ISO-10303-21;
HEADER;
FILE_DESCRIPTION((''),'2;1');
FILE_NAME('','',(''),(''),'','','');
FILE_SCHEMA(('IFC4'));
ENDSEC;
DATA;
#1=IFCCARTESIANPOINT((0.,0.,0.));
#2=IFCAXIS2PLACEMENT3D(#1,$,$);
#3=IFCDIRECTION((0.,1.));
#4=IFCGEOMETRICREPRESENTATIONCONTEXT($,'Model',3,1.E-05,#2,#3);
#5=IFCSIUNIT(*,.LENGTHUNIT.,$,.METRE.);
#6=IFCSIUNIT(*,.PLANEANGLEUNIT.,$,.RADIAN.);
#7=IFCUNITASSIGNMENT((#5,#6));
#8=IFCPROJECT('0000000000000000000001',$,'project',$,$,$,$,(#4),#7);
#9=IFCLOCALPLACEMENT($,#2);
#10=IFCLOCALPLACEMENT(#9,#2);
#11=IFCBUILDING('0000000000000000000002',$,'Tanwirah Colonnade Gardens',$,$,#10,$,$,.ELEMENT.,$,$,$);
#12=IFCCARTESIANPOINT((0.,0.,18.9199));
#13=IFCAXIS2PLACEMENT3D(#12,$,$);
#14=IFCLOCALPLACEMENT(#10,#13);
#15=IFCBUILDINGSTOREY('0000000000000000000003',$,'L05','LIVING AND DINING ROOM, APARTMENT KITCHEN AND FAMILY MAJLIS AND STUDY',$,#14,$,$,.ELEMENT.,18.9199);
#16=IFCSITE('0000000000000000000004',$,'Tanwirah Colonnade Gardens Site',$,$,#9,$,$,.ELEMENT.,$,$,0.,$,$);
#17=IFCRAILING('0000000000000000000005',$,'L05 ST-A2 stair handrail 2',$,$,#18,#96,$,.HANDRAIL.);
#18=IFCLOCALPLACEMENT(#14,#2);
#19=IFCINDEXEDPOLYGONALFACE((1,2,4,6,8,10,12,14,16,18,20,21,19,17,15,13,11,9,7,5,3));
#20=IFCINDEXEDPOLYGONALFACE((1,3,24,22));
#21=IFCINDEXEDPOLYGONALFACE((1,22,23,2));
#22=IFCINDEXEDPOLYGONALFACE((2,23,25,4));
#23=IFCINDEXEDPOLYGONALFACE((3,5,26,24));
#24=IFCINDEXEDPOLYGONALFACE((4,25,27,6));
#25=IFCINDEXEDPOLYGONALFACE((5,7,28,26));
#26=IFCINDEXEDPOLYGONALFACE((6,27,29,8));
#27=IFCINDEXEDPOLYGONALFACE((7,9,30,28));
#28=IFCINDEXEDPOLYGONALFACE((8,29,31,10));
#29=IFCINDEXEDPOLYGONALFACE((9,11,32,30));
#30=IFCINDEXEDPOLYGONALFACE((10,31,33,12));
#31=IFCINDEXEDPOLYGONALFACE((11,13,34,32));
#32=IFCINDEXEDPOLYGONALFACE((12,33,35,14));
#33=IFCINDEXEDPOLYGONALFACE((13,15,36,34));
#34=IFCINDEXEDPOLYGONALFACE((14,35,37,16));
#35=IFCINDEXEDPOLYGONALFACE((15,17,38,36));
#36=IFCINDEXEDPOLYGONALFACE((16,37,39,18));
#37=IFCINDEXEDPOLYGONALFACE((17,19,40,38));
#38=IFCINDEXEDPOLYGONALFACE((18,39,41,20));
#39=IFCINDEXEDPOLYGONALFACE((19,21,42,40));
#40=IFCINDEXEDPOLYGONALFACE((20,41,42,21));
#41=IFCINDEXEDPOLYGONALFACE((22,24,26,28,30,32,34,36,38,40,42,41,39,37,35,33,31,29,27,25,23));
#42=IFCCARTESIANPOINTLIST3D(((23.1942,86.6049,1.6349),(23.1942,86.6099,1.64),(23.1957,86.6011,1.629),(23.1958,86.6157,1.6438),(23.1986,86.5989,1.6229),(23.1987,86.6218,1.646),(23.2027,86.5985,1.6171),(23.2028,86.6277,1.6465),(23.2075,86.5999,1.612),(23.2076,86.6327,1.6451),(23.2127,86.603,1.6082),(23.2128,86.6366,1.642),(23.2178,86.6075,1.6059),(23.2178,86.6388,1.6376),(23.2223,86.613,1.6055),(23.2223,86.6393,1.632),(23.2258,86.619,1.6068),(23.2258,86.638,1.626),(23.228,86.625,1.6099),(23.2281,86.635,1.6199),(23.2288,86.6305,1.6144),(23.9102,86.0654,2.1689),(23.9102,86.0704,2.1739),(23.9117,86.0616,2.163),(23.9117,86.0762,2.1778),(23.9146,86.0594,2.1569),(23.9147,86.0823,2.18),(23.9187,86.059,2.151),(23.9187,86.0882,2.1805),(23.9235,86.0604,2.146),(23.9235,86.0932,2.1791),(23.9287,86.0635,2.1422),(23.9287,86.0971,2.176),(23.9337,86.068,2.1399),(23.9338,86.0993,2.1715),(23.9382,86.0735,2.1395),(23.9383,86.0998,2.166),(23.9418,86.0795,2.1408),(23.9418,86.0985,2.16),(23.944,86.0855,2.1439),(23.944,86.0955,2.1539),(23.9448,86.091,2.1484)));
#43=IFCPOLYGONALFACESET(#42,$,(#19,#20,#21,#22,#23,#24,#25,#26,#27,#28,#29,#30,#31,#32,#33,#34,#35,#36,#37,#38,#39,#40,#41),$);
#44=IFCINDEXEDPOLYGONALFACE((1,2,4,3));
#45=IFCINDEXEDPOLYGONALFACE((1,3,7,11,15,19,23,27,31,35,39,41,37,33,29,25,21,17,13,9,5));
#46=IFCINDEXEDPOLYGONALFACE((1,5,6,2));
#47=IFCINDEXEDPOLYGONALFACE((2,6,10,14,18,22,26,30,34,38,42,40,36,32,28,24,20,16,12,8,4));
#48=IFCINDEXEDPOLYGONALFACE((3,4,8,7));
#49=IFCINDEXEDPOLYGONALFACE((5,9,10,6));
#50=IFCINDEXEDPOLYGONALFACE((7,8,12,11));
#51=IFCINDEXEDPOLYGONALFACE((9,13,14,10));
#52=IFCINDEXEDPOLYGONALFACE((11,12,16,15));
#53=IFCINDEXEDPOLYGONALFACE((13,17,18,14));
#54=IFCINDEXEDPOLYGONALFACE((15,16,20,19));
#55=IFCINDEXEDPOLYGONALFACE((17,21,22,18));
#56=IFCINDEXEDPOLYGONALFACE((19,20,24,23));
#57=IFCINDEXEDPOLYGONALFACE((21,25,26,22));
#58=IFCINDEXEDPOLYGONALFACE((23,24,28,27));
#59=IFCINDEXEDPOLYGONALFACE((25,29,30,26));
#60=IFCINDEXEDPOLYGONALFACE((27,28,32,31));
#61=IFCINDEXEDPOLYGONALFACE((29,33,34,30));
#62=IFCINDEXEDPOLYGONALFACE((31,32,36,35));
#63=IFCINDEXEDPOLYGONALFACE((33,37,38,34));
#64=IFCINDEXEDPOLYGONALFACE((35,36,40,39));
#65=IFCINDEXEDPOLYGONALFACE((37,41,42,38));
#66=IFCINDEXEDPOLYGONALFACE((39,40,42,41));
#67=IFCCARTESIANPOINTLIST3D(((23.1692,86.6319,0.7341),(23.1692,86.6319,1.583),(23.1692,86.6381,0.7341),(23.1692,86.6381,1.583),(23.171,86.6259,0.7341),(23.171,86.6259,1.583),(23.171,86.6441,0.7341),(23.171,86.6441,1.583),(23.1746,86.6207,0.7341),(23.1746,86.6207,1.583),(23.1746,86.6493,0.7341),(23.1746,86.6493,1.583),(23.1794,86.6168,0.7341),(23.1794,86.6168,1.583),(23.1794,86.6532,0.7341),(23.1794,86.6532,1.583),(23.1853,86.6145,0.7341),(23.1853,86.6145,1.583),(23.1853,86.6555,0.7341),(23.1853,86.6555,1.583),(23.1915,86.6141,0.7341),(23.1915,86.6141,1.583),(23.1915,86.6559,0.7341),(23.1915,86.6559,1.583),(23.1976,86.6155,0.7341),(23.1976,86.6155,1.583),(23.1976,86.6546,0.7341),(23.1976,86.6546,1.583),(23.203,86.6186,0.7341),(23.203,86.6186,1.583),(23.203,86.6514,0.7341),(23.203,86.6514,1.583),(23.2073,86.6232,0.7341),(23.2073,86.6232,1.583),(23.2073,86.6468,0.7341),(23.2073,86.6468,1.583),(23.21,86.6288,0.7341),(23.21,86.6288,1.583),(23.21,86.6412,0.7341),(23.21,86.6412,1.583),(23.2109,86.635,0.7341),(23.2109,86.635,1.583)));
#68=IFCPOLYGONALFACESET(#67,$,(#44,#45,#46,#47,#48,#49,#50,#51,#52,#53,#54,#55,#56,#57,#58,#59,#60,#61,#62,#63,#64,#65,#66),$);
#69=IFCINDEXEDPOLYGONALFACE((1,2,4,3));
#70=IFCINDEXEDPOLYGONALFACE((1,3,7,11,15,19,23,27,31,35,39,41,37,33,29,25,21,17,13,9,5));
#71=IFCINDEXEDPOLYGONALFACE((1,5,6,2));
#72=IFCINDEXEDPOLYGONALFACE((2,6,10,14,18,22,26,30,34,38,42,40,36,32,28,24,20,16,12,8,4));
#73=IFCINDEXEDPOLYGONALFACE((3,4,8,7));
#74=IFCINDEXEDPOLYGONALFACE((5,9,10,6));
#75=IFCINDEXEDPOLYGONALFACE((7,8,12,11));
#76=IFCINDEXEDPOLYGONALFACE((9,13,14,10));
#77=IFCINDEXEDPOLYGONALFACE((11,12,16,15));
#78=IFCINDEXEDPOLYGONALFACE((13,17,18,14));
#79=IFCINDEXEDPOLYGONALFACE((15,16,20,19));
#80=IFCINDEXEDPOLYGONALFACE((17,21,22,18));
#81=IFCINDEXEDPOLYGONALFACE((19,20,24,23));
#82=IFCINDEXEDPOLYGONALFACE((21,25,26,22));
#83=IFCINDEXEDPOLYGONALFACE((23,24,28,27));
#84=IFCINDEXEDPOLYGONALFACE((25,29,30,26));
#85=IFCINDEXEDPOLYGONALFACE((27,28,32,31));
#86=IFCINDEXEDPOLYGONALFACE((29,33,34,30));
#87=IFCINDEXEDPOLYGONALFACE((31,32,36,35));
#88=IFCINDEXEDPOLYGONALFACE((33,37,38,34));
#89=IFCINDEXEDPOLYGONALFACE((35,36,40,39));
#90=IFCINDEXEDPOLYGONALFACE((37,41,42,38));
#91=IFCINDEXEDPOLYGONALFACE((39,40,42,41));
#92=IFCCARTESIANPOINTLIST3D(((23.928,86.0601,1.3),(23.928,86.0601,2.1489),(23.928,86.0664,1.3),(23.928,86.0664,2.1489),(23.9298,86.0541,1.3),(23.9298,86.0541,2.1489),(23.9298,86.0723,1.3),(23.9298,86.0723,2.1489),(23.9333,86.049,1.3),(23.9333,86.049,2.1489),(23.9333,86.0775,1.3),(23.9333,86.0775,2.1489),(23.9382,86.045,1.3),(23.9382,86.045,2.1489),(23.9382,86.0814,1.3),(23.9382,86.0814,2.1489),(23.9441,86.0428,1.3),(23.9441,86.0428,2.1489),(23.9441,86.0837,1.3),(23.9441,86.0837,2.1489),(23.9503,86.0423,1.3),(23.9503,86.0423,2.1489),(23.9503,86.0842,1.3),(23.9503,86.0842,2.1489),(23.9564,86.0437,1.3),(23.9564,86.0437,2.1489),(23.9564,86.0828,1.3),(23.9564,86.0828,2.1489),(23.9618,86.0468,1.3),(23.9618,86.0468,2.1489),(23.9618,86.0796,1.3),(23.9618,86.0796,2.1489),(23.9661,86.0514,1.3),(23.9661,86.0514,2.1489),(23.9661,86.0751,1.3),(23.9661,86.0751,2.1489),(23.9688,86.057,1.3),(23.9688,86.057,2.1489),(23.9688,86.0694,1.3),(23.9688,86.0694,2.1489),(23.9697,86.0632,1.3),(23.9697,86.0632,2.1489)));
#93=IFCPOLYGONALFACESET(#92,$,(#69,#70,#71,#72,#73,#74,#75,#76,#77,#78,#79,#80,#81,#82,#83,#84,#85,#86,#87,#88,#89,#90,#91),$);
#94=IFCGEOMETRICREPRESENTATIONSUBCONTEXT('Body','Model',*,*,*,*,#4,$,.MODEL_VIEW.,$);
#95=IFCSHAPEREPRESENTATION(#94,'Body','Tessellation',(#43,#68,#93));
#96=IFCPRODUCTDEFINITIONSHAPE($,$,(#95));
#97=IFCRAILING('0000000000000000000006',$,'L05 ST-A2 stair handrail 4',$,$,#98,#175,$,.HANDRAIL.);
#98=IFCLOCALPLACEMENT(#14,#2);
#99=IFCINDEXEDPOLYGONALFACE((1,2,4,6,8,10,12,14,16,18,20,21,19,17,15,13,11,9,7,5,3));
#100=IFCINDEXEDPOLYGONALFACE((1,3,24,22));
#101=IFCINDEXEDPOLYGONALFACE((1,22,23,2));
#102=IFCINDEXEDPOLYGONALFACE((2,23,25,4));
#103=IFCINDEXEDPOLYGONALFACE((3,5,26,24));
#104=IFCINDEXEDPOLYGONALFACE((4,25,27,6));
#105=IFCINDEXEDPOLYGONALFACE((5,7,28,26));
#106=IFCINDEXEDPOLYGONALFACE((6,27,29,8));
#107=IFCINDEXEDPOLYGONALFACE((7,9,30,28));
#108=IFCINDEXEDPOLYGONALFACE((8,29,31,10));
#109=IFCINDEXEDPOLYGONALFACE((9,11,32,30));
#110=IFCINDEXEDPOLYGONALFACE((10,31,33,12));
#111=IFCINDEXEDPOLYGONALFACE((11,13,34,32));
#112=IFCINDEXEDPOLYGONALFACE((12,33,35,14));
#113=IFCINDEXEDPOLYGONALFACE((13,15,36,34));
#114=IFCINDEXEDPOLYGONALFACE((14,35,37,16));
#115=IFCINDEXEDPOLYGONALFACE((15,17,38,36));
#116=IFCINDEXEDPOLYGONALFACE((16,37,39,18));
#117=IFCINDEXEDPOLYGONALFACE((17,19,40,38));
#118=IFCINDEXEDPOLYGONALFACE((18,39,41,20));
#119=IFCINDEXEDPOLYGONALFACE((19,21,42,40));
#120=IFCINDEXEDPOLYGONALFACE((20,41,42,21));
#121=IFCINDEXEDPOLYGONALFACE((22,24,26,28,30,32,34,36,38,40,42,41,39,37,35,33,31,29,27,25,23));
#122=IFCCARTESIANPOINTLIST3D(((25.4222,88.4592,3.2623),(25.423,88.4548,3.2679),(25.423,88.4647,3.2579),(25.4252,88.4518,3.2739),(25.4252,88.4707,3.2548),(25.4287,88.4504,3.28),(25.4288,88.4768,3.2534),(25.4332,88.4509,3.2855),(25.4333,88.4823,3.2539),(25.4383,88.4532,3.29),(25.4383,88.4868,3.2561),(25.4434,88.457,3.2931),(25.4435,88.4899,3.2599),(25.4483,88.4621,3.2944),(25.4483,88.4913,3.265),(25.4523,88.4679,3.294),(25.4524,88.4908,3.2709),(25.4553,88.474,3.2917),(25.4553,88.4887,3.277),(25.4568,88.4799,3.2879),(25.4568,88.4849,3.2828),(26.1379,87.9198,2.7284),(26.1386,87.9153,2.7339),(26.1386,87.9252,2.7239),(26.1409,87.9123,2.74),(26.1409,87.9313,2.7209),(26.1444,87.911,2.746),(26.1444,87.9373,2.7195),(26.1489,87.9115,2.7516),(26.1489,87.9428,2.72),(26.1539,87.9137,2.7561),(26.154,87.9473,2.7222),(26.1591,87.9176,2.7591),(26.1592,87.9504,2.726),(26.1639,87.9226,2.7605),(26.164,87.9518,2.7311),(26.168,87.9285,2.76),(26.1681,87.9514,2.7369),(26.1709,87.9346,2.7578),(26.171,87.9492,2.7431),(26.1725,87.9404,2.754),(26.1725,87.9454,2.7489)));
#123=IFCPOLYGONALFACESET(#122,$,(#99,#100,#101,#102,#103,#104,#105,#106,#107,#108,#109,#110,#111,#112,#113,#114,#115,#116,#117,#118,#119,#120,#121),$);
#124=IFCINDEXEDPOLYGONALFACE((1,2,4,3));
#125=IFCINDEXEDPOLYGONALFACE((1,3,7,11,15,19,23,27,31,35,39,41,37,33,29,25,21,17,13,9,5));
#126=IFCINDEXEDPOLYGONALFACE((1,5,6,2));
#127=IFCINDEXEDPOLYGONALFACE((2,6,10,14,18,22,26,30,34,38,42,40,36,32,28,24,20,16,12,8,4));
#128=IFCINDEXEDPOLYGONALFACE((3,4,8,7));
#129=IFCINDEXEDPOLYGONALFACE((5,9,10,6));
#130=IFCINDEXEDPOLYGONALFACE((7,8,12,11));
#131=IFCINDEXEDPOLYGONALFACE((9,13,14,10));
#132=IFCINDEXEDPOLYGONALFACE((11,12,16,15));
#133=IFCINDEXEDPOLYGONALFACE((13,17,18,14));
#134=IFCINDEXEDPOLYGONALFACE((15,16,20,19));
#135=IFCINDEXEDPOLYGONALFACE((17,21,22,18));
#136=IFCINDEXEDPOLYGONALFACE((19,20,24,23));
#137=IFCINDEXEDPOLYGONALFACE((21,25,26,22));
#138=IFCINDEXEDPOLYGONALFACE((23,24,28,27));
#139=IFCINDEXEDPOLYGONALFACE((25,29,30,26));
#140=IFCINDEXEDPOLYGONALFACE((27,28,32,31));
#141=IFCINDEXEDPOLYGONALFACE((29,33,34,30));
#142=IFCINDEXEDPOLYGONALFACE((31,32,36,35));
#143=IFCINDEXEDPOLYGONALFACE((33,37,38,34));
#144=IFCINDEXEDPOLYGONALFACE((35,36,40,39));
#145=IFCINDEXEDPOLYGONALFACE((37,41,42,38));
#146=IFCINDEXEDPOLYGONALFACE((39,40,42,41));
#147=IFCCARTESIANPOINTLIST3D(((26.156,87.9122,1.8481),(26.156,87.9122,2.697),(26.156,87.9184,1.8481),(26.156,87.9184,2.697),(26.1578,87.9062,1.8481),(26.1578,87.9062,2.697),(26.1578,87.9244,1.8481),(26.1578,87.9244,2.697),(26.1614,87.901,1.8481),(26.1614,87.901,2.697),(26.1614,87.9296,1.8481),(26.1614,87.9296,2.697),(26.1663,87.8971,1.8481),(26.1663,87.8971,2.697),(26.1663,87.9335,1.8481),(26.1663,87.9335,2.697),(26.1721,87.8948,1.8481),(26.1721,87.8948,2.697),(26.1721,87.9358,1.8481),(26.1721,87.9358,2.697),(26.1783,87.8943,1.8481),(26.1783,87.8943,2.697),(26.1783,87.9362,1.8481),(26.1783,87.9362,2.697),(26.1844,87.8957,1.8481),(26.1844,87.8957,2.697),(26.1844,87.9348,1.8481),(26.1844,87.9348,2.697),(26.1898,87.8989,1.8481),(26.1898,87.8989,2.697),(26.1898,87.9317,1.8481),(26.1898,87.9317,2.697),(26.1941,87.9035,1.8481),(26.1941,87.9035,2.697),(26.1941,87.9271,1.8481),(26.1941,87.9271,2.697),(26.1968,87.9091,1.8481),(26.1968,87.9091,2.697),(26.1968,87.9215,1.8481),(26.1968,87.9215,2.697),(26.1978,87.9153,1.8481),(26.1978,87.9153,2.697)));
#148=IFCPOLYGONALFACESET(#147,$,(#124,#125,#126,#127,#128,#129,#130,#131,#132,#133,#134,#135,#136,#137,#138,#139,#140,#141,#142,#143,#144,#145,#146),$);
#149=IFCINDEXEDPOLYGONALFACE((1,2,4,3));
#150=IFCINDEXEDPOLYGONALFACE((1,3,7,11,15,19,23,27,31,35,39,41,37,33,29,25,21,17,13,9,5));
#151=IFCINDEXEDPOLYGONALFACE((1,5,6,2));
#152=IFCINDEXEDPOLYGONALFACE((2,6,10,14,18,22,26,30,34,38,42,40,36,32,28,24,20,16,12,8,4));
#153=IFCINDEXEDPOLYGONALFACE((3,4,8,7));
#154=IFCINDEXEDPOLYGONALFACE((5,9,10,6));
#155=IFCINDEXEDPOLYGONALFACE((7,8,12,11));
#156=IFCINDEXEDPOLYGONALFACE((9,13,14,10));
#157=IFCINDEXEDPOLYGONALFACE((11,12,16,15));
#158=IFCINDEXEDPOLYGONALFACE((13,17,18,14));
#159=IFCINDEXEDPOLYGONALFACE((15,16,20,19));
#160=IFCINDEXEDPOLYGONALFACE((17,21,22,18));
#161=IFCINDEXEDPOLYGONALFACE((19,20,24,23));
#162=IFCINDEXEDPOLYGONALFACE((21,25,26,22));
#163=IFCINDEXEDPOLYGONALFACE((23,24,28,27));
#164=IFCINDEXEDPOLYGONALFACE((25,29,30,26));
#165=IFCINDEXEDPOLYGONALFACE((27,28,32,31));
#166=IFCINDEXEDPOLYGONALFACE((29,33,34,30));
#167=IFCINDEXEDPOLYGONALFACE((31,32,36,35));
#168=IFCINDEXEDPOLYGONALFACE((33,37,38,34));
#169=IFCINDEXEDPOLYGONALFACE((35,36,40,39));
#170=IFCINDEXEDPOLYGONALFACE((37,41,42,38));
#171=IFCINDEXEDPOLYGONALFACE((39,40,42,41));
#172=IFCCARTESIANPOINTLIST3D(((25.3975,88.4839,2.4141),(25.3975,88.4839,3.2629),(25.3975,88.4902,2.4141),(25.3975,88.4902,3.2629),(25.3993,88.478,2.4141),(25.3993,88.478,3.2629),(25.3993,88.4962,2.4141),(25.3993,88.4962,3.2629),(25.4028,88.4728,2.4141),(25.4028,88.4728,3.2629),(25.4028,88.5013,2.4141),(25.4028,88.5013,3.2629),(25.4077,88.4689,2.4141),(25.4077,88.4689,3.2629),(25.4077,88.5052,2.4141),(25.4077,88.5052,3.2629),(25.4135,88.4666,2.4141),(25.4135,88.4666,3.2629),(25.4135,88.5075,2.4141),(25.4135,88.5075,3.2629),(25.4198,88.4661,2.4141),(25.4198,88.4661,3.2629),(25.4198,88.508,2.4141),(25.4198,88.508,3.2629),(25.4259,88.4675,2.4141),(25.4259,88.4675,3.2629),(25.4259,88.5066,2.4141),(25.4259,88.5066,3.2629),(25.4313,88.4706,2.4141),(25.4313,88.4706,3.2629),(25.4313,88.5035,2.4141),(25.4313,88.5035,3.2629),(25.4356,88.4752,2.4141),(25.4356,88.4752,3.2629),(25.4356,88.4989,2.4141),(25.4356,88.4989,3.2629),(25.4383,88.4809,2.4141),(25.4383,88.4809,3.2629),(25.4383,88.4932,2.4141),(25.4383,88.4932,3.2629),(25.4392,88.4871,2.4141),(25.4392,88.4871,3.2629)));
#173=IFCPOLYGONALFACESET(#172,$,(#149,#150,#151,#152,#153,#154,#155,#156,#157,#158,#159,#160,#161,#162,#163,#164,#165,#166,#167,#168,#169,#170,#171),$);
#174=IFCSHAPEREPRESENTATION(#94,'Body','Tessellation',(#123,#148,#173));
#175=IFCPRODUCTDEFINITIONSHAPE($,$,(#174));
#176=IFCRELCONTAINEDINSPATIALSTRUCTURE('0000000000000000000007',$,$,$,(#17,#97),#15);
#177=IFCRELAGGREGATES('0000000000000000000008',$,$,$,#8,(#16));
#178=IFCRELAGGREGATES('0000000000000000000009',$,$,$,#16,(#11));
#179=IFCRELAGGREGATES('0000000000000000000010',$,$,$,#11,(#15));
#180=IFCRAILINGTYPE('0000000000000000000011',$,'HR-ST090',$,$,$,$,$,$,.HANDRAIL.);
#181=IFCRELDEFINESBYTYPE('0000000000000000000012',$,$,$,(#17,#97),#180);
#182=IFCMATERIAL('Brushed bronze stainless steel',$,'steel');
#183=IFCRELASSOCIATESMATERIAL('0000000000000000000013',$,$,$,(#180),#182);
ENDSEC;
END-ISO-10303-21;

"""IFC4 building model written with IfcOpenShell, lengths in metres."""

from ifc_helpers import new_model, si_unit, direction, frame, origin, origin_2d, place, context, subcontext, project, spatial, circle, extrude, material, type_object, element, save


model = new_model("IFC4")

# Units and contexts
model_context = context("Model", 3, precision=1e-05, world=origin(), true_north=direction((0.0, 1.0)))
body_context = subcontext(model_context, "Body", "Model", "MODEL_VIEW")
ifc_project = project(units=[si_unit("LENGTHUNIT", "METRE"), si_unit("PLANEANGLEUNIT", "RADIAN")], contexts=[model_context])

# Site, building, storey
site_placement = place(None, origin())
site = spatial("IfcSite", under=ifc_project, at=site_placement, Name="Tanwirah Colonnade Gardens Site", CompositionType="ELEMENT", RefElevation=0.0)
building_placement = place(site_placement, origin())
building = spatial("IfcBuilding", under=site, at=building_placement, Name="Tanwirah Colonnade Gardens", CompositionType="ELEMENT")
storey_placement = place(building_placement, frame((0.0, 0.0, 18.9199)))
storey = spatial("IfcBuildingStorey", under=building, at=storey_placement, Name="L05", Description="LIVING AND DINING ROOM, APARTMENT KITCHEN AND FAMILY MAJLIS AND STUDY", CompositionType="ELEMENT", Elevation=18.9199)

# Railings
ifc_material_1 = material(Name="Brushed bronze stainless steel", Category="steel")
railing_type_1 = type_object("IfcRailingType", Name="HR-ST090", PredefinedType="HANDRAIL", material=ifc_material_1)
railing_1_placement = place(storey_placement, frame((23.1899, 86.635, 0.7341)))
element("IfcRailing", 1, at=railing_1_placement, inside=storey, type_object=railing_type_1, Name="L05 ST-A2 stair handrail 2", PredefinedType="HANDRAIL", context=body_context, shape_type="SweptSolid", body=[
    extrude(circle(Radius=0.0239, at=origin_2d()), frame((0.0215, -0.0161, 0.8918), z_axis=(0.686145, -0.517037, 0.511739), x_axis=(0.601807, 0.798641, 0.0)), (0.0, 0.0, 1.0), 1.0435),
    extrude(circle(Radius=0.021, at=origin_2d()), origin(), (0.0, 0.0, 1.0), 0.8489),
    extrude(circle(Radius=0.021, at=origin_2d()), frame((0.7588, -0.5718, 0.5659)), (0.0, 0.0, 1.0), 0.8489),
])
railing_2_placement = place(storey_placement, frame((26.1768, 87.9153, 1.8481)))
element("IfcRailing", 2, at=railing_2_placement, inside=storey, type_object=railing_type_1, Name="L05 ST-A2 stair handrail 4", PredefinedType="HANDRAIL", context=body_context, shape_type="SweptSolid", body=[
    extrude(circle(Radius=0.0239, at=origin_2d()), frame((-0.0215, 0.0161, 0.8918), z_axis=(-0.686028, 0.517116, 0.511817), x_axis=(-0.601931, -0.798548, 0.0)), (0.0, 0.0, 1.0), 1.0432),
    extrude(circle(Radius=0.021, at=origin_2d()), origin(), (0.0, 0.0, 1.0), 0.8489),
    extrude(circle(Radius=0.021, at=origin_2d()), frame((-0.7585, 0.5718, 0.5659)), (0.0, 0.0, 1.0), 0.8489),
])

save(model, "model.ifc")
